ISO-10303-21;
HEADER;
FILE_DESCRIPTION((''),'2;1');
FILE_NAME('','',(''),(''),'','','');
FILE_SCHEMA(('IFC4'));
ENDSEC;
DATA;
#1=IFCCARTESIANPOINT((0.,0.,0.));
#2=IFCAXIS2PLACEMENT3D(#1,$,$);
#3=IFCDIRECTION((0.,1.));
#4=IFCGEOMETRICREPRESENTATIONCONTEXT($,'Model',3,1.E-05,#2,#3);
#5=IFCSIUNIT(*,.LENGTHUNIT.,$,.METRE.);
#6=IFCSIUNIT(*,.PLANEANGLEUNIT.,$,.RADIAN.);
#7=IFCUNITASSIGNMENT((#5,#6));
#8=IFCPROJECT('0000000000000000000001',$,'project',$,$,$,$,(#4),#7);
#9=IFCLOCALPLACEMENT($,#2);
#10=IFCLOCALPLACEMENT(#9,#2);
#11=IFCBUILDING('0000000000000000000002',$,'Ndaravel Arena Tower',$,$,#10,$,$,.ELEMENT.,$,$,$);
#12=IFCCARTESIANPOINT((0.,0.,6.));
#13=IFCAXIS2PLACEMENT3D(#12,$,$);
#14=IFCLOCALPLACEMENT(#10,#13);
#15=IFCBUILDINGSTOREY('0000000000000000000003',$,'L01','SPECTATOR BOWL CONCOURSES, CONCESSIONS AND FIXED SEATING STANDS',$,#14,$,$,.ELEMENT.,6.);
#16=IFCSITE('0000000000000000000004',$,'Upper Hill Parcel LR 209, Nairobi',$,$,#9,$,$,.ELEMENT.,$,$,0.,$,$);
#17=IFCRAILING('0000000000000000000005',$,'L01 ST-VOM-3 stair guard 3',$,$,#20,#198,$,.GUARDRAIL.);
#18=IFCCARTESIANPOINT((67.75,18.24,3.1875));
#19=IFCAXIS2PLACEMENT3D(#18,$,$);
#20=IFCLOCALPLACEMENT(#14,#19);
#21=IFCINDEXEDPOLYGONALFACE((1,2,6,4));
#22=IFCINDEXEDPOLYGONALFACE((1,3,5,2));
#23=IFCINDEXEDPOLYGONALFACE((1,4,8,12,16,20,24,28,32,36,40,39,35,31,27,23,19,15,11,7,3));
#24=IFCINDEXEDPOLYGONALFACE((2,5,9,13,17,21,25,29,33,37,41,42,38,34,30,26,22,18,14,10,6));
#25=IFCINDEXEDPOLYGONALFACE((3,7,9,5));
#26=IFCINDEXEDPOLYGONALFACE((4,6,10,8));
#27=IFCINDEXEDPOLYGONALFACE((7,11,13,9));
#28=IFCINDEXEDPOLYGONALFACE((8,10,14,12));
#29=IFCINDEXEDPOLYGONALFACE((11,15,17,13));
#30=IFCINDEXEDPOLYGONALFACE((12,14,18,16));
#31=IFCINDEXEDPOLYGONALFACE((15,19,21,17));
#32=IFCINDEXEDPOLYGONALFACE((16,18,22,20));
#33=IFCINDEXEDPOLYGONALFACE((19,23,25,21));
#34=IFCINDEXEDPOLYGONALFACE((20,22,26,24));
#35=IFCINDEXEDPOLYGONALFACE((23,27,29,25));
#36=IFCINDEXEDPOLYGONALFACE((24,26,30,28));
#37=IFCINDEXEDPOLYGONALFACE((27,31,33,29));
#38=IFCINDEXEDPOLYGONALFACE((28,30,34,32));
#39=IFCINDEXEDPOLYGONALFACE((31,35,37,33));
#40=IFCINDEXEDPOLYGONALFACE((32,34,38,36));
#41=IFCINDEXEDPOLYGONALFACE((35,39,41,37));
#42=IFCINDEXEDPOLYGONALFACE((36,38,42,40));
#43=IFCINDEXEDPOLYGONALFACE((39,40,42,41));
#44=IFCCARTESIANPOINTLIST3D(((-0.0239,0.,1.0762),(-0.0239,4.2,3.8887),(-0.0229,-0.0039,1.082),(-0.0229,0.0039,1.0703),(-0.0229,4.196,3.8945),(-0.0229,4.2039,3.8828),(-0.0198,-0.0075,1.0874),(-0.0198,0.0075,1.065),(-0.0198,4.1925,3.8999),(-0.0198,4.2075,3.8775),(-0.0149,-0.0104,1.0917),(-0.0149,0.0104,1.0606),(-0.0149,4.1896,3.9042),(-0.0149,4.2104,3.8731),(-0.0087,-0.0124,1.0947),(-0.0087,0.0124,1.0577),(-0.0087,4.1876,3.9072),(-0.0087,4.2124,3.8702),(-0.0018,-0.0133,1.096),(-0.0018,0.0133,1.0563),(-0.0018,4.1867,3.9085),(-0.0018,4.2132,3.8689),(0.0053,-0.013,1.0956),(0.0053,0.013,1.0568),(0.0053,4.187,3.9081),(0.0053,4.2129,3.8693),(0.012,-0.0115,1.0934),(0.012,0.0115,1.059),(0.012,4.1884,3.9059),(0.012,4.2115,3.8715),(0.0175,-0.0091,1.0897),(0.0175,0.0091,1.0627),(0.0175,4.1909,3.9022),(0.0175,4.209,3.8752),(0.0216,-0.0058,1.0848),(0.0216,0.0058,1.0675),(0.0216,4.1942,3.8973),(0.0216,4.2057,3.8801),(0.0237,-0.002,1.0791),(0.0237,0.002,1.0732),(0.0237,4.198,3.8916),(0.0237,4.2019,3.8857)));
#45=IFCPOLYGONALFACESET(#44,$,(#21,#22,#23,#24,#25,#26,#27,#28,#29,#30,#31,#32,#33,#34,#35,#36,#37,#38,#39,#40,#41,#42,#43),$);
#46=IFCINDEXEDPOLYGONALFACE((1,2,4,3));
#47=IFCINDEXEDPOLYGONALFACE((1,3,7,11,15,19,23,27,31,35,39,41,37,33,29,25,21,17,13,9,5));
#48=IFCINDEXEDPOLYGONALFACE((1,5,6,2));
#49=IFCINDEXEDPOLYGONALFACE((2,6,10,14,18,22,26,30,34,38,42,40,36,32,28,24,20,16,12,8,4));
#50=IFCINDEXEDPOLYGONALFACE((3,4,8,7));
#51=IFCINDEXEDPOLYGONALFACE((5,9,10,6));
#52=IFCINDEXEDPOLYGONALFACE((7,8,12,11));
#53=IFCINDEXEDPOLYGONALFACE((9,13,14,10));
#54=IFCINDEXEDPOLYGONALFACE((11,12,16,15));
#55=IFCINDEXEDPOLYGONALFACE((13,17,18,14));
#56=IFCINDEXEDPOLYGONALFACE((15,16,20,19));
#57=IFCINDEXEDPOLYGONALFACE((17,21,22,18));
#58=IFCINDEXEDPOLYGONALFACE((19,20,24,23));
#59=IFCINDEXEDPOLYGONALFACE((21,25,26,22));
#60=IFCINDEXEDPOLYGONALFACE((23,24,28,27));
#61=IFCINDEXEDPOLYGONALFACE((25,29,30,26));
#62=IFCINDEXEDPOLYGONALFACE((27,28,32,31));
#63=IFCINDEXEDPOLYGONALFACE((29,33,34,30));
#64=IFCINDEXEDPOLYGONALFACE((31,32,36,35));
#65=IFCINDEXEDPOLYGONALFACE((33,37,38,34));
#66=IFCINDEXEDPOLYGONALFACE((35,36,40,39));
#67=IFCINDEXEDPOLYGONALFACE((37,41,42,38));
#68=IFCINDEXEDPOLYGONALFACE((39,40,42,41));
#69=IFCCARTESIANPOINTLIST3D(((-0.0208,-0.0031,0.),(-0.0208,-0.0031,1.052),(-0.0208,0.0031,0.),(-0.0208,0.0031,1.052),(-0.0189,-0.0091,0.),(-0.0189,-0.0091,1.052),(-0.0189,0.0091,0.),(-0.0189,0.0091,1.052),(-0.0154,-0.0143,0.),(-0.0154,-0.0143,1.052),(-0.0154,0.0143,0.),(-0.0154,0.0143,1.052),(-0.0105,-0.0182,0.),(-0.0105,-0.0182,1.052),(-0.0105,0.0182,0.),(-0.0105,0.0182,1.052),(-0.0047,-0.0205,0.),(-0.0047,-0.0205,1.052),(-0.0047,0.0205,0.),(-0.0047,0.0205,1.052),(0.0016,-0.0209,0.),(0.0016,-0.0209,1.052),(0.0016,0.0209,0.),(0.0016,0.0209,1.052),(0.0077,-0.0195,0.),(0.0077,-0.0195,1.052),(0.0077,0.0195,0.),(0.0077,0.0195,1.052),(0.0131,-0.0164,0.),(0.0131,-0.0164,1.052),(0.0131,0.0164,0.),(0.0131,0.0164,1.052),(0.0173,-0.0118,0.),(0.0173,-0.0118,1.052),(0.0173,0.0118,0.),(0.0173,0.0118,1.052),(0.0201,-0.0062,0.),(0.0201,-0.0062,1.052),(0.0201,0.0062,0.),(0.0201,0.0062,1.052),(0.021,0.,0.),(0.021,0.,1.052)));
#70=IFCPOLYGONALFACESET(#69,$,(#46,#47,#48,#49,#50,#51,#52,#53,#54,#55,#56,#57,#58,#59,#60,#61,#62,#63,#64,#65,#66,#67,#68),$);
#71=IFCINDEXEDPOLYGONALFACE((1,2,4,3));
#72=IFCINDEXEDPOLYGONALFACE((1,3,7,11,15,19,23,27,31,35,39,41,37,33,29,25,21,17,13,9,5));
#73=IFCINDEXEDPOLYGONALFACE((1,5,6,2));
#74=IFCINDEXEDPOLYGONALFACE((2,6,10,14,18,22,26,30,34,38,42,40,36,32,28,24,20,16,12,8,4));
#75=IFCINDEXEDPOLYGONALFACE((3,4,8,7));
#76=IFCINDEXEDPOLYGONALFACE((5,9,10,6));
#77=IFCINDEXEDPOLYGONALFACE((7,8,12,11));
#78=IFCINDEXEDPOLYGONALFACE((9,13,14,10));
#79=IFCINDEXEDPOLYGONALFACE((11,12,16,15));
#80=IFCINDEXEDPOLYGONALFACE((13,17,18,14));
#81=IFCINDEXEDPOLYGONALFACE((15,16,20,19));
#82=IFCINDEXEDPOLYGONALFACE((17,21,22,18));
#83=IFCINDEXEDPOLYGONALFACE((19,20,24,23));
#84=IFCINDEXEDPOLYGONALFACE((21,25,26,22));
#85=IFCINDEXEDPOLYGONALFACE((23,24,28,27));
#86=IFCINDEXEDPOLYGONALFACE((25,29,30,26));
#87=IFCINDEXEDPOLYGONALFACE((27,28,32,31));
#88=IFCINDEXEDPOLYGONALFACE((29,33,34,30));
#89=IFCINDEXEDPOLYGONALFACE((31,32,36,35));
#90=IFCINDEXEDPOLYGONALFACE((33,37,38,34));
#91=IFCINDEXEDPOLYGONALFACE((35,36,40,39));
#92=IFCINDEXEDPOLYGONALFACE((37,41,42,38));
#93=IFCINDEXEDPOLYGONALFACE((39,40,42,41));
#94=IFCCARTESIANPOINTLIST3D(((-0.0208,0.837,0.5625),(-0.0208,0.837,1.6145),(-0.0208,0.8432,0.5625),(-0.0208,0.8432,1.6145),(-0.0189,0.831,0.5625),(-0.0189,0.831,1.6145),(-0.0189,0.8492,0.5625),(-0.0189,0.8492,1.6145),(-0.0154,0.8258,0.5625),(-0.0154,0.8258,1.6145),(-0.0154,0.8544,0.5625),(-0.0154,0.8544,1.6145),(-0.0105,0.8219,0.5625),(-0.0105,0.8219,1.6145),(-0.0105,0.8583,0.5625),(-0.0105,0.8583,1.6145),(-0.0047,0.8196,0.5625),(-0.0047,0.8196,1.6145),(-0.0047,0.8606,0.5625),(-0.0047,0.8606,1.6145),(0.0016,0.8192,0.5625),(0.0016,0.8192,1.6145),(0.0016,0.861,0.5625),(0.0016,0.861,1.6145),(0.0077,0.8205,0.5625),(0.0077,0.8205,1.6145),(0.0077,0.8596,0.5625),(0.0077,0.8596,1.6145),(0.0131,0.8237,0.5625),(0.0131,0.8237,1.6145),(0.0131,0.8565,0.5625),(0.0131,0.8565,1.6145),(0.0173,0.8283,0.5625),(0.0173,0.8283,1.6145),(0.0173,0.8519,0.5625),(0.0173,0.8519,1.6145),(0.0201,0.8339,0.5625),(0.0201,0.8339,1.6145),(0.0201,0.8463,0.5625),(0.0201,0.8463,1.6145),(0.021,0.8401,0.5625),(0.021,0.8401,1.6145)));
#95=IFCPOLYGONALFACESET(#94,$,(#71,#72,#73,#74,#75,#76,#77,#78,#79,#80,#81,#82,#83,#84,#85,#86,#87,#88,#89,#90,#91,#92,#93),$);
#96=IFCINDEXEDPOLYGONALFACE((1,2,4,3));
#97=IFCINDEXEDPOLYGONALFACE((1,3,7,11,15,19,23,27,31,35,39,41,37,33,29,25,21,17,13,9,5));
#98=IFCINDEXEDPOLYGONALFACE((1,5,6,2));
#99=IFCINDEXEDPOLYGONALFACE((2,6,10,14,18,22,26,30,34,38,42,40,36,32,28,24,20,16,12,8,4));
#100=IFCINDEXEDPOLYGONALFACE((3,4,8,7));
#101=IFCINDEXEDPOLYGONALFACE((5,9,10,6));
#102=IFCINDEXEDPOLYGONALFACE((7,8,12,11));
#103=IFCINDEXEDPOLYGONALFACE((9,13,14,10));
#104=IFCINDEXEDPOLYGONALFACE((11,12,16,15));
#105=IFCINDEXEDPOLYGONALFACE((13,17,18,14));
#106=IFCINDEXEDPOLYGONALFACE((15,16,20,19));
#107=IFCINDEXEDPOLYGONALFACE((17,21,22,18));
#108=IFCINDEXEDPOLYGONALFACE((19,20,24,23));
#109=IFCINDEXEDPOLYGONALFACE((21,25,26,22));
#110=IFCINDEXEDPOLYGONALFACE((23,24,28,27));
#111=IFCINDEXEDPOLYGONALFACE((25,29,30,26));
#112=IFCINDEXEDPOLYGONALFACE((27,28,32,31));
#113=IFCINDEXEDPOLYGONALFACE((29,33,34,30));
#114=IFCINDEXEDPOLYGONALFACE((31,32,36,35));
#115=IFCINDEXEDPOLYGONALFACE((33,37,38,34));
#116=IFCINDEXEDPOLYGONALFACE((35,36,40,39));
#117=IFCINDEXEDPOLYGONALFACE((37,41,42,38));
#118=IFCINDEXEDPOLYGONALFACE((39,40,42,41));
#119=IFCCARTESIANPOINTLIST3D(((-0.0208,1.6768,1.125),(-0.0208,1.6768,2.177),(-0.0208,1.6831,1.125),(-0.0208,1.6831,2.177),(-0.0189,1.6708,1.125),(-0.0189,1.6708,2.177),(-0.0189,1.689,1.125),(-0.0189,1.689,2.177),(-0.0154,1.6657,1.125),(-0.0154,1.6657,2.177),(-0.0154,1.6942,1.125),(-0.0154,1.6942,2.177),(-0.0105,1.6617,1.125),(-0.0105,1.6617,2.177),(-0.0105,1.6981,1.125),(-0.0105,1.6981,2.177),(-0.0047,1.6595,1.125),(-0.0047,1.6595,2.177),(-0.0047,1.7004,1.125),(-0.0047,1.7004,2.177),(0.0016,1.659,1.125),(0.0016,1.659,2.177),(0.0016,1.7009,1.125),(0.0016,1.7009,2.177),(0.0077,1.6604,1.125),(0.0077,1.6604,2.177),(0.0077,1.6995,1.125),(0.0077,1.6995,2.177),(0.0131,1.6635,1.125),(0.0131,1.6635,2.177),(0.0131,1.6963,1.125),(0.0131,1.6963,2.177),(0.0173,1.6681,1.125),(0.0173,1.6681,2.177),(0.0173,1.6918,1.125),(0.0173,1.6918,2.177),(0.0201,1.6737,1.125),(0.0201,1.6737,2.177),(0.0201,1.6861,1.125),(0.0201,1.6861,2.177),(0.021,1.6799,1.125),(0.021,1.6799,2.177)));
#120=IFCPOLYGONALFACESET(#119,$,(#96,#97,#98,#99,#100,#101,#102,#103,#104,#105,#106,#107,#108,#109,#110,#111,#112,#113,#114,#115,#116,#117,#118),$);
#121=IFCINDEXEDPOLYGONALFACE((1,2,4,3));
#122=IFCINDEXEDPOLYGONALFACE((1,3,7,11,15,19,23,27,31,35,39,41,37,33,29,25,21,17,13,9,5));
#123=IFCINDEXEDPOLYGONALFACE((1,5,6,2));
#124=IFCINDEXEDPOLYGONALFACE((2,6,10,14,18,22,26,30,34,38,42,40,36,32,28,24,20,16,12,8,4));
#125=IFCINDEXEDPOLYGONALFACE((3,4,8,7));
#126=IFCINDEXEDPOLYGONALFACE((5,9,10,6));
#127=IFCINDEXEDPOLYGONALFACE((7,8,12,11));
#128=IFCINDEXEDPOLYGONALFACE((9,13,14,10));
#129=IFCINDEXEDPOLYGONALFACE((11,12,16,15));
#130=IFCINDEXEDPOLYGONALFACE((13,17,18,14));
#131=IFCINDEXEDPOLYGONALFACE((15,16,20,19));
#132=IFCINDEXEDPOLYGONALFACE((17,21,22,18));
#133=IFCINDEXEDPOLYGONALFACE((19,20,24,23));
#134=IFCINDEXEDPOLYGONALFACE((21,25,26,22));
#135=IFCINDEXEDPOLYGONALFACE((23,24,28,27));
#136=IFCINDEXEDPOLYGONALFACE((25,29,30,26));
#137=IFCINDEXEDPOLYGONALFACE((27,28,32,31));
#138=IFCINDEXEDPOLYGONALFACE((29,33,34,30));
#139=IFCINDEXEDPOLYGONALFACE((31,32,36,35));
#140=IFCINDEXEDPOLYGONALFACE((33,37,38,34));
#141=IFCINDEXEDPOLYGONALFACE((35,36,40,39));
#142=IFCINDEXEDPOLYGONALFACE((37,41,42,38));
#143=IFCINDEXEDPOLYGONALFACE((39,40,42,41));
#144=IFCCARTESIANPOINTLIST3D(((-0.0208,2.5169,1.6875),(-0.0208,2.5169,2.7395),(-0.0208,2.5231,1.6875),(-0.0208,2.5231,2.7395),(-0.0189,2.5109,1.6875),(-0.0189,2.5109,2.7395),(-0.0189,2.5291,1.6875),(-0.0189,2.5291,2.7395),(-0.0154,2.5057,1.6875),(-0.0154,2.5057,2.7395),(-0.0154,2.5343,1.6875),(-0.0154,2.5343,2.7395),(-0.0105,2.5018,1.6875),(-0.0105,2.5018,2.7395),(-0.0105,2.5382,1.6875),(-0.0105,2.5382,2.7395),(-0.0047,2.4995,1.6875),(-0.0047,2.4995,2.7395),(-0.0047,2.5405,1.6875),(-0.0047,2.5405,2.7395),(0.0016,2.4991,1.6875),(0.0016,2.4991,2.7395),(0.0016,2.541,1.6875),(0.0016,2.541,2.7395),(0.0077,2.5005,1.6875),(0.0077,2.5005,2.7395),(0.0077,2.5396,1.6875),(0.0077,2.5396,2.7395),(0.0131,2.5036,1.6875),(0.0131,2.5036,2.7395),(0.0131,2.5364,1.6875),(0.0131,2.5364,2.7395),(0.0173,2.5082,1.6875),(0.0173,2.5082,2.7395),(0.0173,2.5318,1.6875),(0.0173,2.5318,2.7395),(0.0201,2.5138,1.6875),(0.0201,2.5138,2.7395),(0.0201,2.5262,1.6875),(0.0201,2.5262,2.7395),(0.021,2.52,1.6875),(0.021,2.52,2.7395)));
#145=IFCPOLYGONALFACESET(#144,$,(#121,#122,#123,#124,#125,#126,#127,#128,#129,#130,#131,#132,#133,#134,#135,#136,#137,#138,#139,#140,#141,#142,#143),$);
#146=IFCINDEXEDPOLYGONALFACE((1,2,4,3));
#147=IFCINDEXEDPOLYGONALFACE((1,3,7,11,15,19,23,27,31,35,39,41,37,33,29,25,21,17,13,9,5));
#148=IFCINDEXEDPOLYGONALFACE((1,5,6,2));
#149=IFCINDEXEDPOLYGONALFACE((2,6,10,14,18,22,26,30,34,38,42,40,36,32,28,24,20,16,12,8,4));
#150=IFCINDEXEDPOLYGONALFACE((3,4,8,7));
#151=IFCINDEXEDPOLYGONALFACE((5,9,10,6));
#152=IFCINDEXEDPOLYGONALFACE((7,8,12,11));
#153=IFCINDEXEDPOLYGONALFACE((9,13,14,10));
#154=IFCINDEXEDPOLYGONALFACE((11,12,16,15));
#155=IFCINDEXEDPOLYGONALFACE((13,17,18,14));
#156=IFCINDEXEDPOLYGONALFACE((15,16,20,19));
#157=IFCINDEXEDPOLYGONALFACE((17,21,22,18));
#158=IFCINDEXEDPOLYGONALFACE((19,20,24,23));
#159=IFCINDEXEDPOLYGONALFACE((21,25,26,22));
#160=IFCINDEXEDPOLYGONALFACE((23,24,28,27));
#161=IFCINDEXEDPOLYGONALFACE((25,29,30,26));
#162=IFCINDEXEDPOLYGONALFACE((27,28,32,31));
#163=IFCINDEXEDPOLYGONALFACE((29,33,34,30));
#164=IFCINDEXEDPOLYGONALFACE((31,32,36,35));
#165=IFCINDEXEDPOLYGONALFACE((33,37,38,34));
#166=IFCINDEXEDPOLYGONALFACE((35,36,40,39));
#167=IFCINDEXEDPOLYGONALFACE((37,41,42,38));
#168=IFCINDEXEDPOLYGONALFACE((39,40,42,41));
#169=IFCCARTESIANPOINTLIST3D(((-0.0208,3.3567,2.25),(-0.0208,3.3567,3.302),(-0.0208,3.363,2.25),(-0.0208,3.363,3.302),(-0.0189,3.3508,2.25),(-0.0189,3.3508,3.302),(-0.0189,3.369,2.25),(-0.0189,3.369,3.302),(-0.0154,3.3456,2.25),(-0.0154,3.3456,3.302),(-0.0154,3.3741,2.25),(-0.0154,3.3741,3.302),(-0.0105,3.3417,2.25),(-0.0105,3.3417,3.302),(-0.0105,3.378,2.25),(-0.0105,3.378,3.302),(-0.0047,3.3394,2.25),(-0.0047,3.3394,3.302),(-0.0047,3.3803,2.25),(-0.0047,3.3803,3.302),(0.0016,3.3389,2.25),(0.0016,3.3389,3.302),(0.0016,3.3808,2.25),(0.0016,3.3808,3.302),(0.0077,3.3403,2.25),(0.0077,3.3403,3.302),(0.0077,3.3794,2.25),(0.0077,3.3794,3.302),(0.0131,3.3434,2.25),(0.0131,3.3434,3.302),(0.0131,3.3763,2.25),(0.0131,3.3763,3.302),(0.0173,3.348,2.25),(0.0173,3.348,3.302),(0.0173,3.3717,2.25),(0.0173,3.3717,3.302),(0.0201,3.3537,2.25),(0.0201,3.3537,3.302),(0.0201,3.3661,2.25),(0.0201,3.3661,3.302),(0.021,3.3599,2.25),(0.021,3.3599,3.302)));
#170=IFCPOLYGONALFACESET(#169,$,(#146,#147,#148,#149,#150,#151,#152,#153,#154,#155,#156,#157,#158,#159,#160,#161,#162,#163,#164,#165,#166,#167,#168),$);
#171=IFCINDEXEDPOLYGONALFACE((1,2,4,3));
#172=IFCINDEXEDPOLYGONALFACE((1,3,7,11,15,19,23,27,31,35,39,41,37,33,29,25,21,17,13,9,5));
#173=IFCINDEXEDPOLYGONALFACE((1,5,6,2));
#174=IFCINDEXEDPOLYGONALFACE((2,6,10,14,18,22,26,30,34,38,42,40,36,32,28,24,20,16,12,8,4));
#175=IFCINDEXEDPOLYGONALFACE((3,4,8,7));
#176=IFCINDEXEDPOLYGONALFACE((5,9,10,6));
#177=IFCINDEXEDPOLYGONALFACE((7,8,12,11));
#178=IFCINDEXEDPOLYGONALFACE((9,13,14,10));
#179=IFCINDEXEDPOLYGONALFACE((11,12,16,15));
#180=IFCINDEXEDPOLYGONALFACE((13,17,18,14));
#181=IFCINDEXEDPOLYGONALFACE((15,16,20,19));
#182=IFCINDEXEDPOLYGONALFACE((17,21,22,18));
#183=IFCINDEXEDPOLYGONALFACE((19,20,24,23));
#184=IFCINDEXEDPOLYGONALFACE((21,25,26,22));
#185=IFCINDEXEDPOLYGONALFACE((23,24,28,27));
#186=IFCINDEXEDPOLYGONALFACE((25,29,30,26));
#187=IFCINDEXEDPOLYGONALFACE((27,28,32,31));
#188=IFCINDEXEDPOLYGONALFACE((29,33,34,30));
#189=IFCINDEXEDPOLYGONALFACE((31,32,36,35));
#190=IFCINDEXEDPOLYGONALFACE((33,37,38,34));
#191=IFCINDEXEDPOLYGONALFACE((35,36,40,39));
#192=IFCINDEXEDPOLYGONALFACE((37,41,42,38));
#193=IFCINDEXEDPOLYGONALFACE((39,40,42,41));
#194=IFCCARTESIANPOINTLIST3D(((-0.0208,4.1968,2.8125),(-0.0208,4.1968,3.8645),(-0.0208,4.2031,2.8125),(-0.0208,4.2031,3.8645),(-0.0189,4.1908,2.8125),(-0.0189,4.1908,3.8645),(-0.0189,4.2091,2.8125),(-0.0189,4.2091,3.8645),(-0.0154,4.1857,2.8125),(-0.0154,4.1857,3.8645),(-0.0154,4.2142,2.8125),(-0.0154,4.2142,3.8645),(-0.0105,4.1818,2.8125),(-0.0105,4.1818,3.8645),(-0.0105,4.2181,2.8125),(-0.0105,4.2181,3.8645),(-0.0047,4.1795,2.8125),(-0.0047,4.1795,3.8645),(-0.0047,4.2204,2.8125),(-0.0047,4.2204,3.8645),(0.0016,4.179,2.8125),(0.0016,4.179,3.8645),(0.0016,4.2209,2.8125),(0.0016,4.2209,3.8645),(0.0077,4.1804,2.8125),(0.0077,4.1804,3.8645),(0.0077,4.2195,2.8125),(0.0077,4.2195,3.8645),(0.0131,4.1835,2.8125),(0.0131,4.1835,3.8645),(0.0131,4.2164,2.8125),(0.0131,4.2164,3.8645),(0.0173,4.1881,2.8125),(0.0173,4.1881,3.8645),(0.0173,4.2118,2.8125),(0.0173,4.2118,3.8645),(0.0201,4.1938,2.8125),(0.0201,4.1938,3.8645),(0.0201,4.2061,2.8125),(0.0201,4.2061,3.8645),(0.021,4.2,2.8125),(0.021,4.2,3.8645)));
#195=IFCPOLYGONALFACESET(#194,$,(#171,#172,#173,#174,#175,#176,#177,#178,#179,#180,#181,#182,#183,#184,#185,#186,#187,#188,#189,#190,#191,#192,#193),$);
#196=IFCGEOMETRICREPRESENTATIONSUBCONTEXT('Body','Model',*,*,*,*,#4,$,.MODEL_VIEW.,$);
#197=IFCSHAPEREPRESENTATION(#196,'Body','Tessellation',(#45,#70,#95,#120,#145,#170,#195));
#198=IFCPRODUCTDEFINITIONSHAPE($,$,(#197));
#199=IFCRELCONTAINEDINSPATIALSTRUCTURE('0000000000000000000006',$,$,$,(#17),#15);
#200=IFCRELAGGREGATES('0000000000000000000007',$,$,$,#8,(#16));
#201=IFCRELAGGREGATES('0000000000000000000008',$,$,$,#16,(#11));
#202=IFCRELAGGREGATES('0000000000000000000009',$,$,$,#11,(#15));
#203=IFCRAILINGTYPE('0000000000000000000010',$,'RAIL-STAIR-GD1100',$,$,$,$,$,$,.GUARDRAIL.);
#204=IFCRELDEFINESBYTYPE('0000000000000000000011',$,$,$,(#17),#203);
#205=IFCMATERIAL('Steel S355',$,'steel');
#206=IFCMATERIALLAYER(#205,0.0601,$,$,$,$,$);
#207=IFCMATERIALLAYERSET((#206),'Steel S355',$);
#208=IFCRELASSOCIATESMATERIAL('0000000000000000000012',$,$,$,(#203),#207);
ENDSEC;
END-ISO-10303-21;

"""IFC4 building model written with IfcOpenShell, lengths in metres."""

from ifc_helpers import new_model, si_unit, direction, frame, origin, origin_2d, place, context, subcontext, project, spatial, circle, extrude, material, layer, layer_set, type_object, element, save


model = new_model("IFC4")

# Units and contexts
model_context = context("Model", 3, precision=1e-05, world=origin(), true_north=direction((0.0, 1.0)))
body_context = subcontext(model_context, "Body", "Model", "MODEL_VIEW")
ifc_project = project(units=[si_unit("LENGTHUNIT", "METRE"), si_unit("PLANEANGLEUNIT", "RADIAN")], contexts=[model_context])

# Site, building, storey
site_placement = place(None, origin())
site = spatial("IfcSite", under=ifc_project, at=site_placement, Name="Upper Hill Parcel LR 209, Nairobi", CompositionType="ELEMENT", RefElevation=0.0)
building_placement = place(site_placement, origin())
building = spatial("IfcBuilding", under=site, at=building_placement, Name="Ndaravel Arena Tower", CompositionType="ELEMENT")
storey_placement = place(building_placement, frame((0.0, 0.0, 6.0)))
storey = spatial("IfcBuildingStorey", under=building, at=storey_placement, Name="L01", Description="SPECTATOR BOWL CONCOURSES, CONCESSIONS AND FIXED SEATING STANDS", CompositionType="ELEMENT", Elevation=6.0)

# Railing
ifc_material_1 = material(Name="Steel S355", Category="steel")
ifc_layer_1 = layer(ifc_material_1, 0.0601)
ifc_layer_set_1 = layer_set([ifc_layer_1], Name="Steel S355")
railing_type_1 = type_object("IfcRailingType", Name="RAIL-STAIR-GD1100", PredefinedType="GUARDRAIL", material=ifc_layer_set_1)
railing_1_placement = place(storey_placement, frame((67.75, 18.24, 3.1875)))
element("IfcRailing", 1, at=railing_1_placement, inside=storey, type_object=railing_type_1, Name="L01 ST-VOM-3 stair guard 3", PredefinedType="GUARDRAIL", context=body_context, shape_type="SweptSolid", body=[
    extrude(circle(Radius=0.0239, at=origin_2d()), frame((0.0, 0.0, 1.0762), z_axis=(0.0, 0.830904, 0.556416), x_axis=(-1.0, 0.0, 0.0)), (0.0, 0.0, 1.0), 5.0547),
    extrude(circle(Radius=0.021, at=origin_2d()), origin(), (0.0, 0.0, 1.0), 1.052),
    extrude(circle(Radius=0.021, at=origin_2d()), frame((0.0, 0.8401, 0.5625)), (0.0, 0.0, 1.0), 1.052),
    extrude(circle(Radius=0.021, at=origin_2d()), frame((0.0, 1.6799, 1.125)), (0.0, 0.0, 1.0), 1.052),
    extrude(circle(Radius=0.021, at=origin_2d()), frame((0.0, 2.52, 1.6875)), (0.0, 0.0, 1.0), 1.052),
    extrude(circle(Radius=0.021, at=origin_2d()), frame((0.0, 3.3599, 2.25)), (0.0, 0.0, 1.0), 1.052),
    extrude(circle(Radius=0.021, at=origin_2d()), frame((0.0, 4.2, 2.8125)), (0.0, 0.0, 1.0), 1.052),
])

save(model, "model.ifc")
